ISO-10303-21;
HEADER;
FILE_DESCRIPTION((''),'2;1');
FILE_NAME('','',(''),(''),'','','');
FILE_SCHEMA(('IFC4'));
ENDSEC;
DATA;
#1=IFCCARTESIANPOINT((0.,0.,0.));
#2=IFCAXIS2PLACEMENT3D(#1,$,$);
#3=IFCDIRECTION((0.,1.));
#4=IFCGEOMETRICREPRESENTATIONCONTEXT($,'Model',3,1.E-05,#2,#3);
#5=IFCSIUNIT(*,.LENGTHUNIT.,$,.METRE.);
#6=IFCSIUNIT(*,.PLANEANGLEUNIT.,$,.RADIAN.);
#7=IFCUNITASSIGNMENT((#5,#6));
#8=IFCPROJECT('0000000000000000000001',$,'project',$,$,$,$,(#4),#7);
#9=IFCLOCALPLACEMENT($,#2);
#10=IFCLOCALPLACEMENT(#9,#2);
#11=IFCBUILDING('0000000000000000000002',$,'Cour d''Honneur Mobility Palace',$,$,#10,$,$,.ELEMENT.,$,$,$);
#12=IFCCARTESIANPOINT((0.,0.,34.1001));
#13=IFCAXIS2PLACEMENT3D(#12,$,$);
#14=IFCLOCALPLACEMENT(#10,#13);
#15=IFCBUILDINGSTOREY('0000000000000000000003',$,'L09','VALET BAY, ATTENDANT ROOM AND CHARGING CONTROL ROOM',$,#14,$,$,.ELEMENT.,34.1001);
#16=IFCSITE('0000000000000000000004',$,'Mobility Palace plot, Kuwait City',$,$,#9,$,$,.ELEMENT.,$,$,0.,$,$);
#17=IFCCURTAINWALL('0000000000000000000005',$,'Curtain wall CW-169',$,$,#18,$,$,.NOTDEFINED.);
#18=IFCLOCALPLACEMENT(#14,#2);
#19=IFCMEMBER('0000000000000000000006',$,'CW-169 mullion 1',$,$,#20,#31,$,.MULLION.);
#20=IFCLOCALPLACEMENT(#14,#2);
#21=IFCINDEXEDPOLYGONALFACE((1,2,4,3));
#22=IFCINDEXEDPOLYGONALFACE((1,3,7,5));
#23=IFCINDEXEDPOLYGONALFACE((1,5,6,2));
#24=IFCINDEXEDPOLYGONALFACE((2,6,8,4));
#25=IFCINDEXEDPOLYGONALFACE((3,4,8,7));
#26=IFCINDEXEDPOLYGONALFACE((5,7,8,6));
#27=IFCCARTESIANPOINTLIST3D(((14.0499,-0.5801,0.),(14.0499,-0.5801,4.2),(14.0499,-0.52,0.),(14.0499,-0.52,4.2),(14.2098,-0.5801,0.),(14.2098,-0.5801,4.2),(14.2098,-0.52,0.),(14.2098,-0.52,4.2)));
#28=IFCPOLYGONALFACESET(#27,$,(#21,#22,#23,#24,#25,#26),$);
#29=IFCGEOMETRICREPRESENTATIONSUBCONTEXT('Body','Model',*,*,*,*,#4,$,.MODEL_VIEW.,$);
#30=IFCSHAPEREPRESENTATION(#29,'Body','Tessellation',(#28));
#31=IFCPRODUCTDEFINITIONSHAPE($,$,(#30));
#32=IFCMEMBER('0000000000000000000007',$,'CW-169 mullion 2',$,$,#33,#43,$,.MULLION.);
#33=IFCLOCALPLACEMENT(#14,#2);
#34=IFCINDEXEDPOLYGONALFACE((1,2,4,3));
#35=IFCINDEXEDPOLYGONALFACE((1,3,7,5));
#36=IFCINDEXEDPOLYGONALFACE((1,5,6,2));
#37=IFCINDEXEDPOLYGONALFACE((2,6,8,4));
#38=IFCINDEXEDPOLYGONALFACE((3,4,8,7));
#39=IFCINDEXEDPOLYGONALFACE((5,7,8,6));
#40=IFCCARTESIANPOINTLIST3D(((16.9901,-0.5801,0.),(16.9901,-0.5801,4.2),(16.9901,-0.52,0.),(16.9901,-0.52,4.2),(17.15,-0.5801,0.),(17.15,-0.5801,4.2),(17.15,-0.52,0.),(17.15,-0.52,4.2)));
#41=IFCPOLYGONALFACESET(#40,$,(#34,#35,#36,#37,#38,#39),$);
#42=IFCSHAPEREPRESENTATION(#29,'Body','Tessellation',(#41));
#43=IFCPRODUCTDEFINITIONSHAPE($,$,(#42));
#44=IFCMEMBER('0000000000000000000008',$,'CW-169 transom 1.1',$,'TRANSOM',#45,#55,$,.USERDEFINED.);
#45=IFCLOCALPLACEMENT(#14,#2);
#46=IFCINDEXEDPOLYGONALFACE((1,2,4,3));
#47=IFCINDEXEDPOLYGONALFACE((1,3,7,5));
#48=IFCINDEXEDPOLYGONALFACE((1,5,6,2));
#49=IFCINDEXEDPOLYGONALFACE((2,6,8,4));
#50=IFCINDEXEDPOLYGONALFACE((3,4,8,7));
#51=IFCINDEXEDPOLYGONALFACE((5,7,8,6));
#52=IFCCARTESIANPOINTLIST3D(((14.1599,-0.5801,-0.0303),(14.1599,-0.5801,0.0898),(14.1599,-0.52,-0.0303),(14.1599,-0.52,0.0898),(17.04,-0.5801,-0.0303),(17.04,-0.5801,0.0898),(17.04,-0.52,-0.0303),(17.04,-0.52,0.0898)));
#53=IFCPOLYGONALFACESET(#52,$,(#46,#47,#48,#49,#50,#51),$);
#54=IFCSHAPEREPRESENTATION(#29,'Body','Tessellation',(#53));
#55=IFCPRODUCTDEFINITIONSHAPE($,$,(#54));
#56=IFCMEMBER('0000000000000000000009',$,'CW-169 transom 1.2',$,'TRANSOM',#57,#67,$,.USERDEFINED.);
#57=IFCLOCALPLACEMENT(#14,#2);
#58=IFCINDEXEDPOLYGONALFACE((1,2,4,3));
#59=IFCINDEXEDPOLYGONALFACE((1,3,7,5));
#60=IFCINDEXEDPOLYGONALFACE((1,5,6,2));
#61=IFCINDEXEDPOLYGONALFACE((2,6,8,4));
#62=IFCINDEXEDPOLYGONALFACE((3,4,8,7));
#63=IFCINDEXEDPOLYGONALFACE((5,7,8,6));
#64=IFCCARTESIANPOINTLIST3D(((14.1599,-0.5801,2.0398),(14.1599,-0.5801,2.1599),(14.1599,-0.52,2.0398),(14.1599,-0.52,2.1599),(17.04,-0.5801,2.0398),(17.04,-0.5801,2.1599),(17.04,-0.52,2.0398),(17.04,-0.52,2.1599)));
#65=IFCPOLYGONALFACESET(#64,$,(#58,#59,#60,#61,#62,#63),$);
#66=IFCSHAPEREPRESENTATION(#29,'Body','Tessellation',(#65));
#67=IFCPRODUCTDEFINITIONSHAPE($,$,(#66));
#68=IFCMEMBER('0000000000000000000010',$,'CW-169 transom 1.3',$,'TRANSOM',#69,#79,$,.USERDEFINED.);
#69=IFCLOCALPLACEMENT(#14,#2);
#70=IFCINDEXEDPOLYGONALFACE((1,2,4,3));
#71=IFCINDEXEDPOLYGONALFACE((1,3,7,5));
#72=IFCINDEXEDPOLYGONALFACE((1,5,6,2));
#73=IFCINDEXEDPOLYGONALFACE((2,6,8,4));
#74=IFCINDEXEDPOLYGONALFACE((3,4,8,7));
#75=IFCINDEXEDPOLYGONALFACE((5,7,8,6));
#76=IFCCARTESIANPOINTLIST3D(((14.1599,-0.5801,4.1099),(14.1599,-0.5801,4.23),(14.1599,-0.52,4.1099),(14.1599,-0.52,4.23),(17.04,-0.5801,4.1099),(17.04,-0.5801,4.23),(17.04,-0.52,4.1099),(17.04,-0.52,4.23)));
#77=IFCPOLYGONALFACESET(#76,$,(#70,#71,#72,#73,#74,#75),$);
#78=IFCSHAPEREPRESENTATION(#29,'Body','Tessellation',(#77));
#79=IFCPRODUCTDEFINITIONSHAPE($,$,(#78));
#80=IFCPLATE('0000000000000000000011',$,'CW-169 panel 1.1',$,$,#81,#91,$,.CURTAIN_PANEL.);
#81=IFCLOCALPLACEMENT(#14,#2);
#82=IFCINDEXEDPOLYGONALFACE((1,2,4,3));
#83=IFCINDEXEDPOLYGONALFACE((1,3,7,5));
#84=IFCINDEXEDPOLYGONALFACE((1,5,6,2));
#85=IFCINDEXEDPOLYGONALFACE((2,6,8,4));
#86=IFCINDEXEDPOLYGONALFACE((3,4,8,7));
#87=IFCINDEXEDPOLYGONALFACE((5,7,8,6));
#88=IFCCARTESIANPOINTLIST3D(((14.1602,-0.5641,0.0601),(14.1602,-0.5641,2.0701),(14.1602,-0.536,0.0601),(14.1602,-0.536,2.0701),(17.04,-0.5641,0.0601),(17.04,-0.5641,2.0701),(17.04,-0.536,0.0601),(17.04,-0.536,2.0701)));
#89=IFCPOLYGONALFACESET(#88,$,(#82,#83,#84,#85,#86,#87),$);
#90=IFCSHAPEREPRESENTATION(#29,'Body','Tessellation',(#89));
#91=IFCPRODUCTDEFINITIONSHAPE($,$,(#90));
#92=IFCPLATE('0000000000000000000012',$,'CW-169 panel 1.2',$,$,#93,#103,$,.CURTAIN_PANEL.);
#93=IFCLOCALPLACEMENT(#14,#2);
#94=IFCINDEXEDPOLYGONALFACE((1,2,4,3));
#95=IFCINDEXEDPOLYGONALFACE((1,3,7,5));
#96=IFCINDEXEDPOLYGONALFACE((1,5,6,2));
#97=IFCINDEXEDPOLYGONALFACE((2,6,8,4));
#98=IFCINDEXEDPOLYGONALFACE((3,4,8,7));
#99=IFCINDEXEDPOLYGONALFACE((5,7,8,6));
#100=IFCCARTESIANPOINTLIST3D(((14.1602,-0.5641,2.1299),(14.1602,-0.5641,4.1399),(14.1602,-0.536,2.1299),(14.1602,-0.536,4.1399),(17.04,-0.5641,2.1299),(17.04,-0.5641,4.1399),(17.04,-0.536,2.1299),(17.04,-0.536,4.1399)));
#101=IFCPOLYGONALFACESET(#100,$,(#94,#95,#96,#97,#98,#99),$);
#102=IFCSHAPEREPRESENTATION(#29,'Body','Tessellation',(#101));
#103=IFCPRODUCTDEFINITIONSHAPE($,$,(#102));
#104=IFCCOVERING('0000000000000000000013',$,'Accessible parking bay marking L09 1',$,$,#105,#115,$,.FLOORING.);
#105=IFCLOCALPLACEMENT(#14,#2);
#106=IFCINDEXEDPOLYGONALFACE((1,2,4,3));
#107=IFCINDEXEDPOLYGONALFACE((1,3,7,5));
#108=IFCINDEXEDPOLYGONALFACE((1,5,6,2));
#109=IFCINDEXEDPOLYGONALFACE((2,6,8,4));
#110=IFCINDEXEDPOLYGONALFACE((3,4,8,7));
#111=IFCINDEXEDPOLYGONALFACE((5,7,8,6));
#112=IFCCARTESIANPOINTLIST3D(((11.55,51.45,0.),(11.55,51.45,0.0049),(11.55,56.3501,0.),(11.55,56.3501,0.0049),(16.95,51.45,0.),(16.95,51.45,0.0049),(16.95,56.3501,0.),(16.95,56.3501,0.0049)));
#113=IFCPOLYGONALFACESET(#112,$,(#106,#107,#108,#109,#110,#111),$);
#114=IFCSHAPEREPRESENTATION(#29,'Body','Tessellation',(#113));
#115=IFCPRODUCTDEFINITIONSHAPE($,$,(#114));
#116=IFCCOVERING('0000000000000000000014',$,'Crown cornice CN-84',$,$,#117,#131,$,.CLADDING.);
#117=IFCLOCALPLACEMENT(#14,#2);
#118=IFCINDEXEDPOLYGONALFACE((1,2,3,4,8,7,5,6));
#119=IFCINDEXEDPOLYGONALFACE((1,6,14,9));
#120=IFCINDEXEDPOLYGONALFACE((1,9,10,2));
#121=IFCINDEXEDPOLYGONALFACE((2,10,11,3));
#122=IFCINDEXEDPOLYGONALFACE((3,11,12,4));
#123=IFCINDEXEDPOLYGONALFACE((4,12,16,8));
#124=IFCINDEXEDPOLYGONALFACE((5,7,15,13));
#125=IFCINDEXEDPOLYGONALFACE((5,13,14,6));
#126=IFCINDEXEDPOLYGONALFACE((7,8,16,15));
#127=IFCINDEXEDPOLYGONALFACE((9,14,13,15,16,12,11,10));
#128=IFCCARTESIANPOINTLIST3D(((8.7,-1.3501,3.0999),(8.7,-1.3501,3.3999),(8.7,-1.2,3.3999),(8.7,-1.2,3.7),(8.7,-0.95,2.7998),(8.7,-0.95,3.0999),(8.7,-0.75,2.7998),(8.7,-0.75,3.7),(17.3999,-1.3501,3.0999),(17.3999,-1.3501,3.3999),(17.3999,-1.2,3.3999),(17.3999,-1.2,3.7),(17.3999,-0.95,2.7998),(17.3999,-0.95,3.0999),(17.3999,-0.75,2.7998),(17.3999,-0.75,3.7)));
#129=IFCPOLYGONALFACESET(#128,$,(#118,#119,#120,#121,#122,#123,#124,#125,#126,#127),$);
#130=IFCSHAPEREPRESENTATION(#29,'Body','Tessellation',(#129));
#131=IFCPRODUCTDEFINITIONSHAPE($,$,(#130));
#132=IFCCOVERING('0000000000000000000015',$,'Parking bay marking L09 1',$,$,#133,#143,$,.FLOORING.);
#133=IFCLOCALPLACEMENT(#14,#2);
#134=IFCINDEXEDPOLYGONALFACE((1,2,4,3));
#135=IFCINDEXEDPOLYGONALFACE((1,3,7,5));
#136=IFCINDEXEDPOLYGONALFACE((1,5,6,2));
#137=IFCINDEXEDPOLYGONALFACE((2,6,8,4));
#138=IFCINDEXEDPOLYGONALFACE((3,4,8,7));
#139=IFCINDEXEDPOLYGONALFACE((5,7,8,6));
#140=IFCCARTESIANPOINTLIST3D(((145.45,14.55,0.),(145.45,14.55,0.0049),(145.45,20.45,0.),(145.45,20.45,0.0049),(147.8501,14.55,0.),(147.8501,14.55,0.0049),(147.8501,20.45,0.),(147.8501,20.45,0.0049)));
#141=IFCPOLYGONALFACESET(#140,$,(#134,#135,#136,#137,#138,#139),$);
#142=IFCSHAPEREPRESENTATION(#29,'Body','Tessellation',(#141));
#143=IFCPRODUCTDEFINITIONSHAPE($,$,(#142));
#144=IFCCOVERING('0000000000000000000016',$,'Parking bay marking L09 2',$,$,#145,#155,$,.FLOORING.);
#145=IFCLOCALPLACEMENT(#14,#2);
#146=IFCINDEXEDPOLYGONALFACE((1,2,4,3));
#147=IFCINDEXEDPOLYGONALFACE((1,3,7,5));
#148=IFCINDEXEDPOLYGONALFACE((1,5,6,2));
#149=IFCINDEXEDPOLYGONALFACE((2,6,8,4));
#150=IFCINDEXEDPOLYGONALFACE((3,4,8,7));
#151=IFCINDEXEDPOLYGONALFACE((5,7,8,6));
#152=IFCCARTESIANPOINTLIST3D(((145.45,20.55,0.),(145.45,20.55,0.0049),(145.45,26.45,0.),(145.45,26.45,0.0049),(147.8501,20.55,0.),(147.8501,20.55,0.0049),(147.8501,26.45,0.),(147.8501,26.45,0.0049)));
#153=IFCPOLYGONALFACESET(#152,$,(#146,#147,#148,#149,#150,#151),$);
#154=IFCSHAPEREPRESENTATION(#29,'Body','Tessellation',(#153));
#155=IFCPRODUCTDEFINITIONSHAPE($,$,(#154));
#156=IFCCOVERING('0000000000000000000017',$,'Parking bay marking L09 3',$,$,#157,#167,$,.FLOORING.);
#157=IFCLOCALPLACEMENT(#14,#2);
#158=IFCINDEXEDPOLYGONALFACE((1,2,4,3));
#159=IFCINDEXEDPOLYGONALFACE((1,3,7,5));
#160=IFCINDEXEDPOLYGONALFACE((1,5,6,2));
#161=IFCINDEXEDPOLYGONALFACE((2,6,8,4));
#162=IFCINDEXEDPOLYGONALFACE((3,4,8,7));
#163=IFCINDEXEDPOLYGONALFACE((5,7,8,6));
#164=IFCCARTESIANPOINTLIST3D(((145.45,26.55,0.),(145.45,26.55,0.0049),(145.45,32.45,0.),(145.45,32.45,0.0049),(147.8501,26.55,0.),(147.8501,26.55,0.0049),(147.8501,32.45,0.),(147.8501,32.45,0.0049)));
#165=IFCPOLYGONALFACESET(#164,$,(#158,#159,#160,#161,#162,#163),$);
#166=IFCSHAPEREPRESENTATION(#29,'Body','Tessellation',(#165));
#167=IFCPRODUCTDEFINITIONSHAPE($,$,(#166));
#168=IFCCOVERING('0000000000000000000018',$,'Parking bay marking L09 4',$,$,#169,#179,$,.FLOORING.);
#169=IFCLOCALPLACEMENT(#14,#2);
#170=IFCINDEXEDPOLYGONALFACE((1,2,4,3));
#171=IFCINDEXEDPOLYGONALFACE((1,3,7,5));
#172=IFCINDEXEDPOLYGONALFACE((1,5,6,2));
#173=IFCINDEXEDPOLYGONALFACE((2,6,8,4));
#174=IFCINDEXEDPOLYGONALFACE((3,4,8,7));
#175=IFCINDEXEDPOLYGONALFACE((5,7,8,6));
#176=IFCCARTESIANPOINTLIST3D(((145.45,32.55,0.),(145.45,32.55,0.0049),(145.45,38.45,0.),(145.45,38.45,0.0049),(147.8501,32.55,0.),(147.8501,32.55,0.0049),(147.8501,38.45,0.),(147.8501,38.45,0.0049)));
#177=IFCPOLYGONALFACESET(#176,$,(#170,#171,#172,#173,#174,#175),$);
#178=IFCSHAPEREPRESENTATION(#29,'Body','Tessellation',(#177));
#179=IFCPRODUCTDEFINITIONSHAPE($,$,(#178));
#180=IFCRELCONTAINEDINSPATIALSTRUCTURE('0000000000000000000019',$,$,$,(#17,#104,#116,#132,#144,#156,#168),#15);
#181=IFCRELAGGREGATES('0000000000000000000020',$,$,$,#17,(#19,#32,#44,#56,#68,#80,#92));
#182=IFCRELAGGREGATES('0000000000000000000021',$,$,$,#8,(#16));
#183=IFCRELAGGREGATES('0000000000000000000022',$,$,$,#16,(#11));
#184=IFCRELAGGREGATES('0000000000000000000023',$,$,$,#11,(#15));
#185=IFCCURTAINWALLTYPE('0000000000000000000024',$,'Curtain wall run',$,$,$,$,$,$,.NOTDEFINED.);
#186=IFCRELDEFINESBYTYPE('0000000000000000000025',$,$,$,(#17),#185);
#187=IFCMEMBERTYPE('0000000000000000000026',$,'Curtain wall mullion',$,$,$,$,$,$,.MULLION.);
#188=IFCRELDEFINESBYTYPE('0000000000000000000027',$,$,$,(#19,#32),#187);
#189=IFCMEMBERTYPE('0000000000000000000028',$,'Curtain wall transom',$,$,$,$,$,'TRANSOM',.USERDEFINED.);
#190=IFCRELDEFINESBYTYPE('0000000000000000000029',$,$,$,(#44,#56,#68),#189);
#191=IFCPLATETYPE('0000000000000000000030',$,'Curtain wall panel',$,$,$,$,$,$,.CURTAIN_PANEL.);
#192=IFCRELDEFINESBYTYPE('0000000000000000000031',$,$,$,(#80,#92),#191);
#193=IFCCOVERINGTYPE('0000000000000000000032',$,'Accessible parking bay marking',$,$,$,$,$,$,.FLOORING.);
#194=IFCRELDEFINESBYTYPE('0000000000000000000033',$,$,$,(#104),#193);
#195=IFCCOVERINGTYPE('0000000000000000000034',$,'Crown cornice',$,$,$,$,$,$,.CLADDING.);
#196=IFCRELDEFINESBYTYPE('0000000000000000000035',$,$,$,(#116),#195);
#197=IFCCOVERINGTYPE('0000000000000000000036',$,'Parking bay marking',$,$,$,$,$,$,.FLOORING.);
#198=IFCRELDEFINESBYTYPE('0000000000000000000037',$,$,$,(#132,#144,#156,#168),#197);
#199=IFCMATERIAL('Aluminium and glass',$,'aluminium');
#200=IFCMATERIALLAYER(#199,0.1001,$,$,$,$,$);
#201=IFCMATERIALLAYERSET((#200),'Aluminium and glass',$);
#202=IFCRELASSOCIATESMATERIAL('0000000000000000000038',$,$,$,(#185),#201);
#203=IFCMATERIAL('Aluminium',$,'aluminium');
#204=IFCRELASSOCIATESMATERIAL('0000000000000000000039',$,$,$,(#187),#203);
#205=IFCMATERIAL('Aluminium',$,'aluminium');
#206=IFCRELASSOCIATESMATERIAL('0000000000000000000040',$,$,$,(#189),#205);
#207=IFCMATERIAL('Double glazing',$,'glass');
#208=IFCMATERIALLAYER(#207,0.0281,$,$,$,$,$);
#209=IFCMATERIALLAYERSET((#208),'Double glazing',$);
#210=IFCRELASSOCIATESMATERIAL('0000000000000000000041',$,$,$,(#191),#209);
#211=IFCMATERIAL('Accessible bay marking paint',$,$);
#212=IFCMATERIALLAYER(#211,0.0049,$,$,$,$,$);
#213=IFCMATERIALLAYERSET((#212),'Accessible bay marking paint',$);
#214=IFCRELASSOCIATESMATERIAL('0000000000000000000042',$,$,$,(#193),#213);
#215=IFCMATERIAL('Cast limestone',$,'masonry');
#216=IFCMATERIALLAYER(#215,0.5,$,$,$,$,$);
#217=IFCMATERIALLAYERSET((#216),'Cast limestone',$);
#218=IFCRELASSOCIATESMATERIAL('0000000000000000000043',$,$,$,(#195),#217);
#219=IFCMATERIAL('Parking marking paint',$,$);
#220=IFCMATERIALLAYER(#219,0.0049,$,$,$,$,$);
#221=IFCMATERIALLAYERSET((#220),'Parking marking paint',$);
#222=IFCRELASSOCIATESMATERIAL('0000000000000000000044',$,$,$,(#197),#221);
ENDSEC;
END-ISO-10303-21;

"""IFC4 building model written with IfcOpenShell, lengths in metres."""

from ifc_helpers import new_model, si_unit, direction, frame, origin, origin_2d, place, context, subcontext, project, spatial, polyline, rectangle, outline, extrude, material, layer, layer_set, material_profile, profile_set, type_object, element, aggregate, save


model = new_model("IFC4")

# Units and contexts
model_context = context("Model", 3, precision=1e-05, world=origin(), true_north=direction((0.0, 1.0)))
body_context = subcontext(model_context, "Body", "Model", "MODEL_VIEW")
ifc_project = project(units=[si_unit("LENGTHUNIT", "METRE"), si_unit("PLANEANGLEUNIT", "RADIAN")], contexts=[model_context])

# Site, building, storey
site_placement = place(None, origin())
site = spatial("IfcSite", under=ifc_project, at=site_placement, Name="Mobility Palace plot, Kuwait City", CompositionType="ELEMENT", RefElevation=0.0)
building_placement = place(site_placement, origin())
building = spatial("IfcBuilding", under=site, at=building_placement, Name="Cour d'Honneur Mobility Palace", CompositionType="ELEMENT")
storey_placement = place(building_placement, frame((0.0, 0.0, 34.1001)))
storey = spatial("IfcBuildingStorey", under=building, at=storey_placement, Name="L09", Description="VALET BAY, ATTENDANT ROOM AND CHARGING CONTROL ROOM", CompositionType="ELEMENT", Elevation=34.1001)

# Curtain wall, members, plates
ifc_material_1 = material(Name="Aluminium and glass", Category="aluminium")
ifc_layer_1 = layer(ifc_material_1, 0.1001)
ifc_layer_set_1 = layer_set([ifc_layer_1], Name="Aluminium and glass")
curtain_wall_type = type_object("IfcCurtainWallType", Name="Curtain wall run", PredefinedType="NOTDEFINED", material=ifc_layer_set_1)
curtain_wall_placement = place(storey_placement, origin())
curtain_wall = element("IfcCurtainWall", 1, at=curtain_wall_placement, inside=storey, type_object=curtain_wall_type, Name="Curtain wall CW-169", PredefinedType="NOTDEFINED")
ifc_material_2 = material(Name="Aluminium", Category="aluminium")
ifc_material_profile_1 = material_profile(ifc_material_2, rectangle(XDim=0.0601, YDim=0.1599, at=origin_2d()), Name="Curtain wall mullion")
ifc_profile_set_1 = profile_set([ifc_material_profile_1], Name="Aluminium")
member_type_1 = type_object("IfcMemberType", Name="Curtain wall mullion", PredefinedType="MULLION", material=ifc_profile_set_1)
member_1_placement = place(storey_placement, frame((14.1299, -0.55, 0.0), z_axis=(0.0, 0.0, 1.0), x_axis=(0.0, 1.0, 0.0)))
member_1 = element("IfcMember", 2, at=member_1_placement, type_object=member_type_1, Name="CW-169 mullion 1", PredefinedType="MULLION", context=body_context, shape_type="SweptSolid", body=[
    extrude(rectangle(XDim=0.0601, YDim=0.1599, at=origin_2d()), origin(), (0.0, 0.0, 1.0), 4.2),
])
member_2_placement = place(storey_placement, frame((17.0701, -0.55, 0.0), z_axis=(0.0, 0.0, 1.0), x_axis=(0.0, 1.0, 0.0)))
member_2 = element("IfcMember", 3, at=member_2_placement, type_object=member_type_1, Name="CW-169 mullion 2", PredefinedType="MULLION", context=body_context, shape_type="SweptSolid", body=[
    extrude(rectangle(XDim=0.0601, YDim=0.1599, at=origin_2d()), origin(), (0.0, 0.0, 1.0), 4.2),
])
ifc_material_3 = material(Name="Aluminium", Category="aluminium")
ifc_material_profile_2 = material_profile(ifc_material_3, rectangle(XDim=0.0601, YDim=0.1201, at=origin_2d()), Name="Curtain wall transom")
ifc_profile_set_2 = profile_set([ifc_material_profile_2], Name="Aluminium")
member_type_2 = type_object("IfcMemberType", Name="Curtain wall transom", ElementType="TRANSOM", PredefinedType="USERDEFINED", material=ifc_profile_set_2)
member_3_placement = place(storey_placement, frame((14.1599, -0.55, 0.0298), z_axis=(1.0, 0.0, 0.0), x_axis=(0.0, 1.0, 0.0)))
member_3 = element("IfcMember", 4, at=member_3_placement, type_object=member_type_2, Name="CW-169 transom 1.1", ObjectType="TRANSOM", PredefinedType="USERDEFINED", context=body_context, shape_type="SweptSolid", body=[
    extrude(rectangle(XDim=0.0601, YDim=0.1201, at=origin_2d()), origin(), (0.0, 0.0, 1.0), 2.8801),
])
member_4_placement = place(storey_placement, frame((14.1599, -0.55, 2.0999), z_axis=(1.0, 0.0, 0.0), x_axis=(0.0, 1.0, 0.0)))
member_4 = element("IfcMember", 5, at=member_4_placement, type_object=member_type_2, Name="CW-169 transom 1.2", ObjectType="TRANSOM", PredefinedType="USERDEFINED", context=body_context, shape_type="SweptSolid", body=[
    extrude(rectangle(XDim=0.0601, YDim=0.1201, at=origin_2d()), origin(), (0.0, 0.0, 1.0), 2.8801),
])
member_5_placement = place(storey_placement, frame((14.1599, -0.55, 4.1699), z_axis=(1.0, 0.0, 0.0), x_axis=(0.0, 1.0, 0.0)))
member_5 = element("IfcMember", 6, at=member_5_placement, type_object=member_type_2, Name="CW-169 transom 1.3", ObjectType="TRANSOM", PredefinedType="USERDEFINED", context=body_context, shape_type="SweptSolid", body=[
    extrude(rectangle(XDim=0.0601, YDim=0.1201, at=origin_2d()), origin(), (0.0, 0.0, 1.0), 2.8801),
])
ifc_material_4 = material(Name="Double glazing", Category="glass")
ifc_layer_2 = layer(ifc_material_4, 0.0281)
ifc_layer_set_2 = layer_set([ifc_layer_2], Name="Double glazing")
plate_type = type_object("IfcPlateType", Name="Curtain wall panel", PredefinedType="CURTAIN_PANEL", material=ifc_layer_set_2)
plate_1_placement = place(storey_placement, frame((15.6001, -0.55, 0.0601), z_axis=(0.0, 0.0, 1.0), x_axis=(1.0, 0.0, 0.0)))
plate_1 = element("IfcPlate", 7, at=plate_1_placement, type_object=plate_type, Name="CW-169 panel 1.1", PredefinedType="CURTAIN_PANEL", context=body_context, shape_type="SweptSolid", body=[
    extrude(rectangle(XDim=2.8799, YDim=0.0281, at=origin_2d()), origin(), (0.0, 0.0, 1.0), 2.01),
])
plate_2_placement = place(storey_placement, frame((15.6001, -0.55, 2.1299), z_axis=(0.0, 0.0, 1.0), x_axis=(1.0, 0.0, 0.0)))
plate_2 = element("IfcPlate", 8, at=plate_2_placement, type_object=plate_type, Name="CW-169 panel 1.2", PredefinedType="CURTAIN_PANEL", context=body_context, shape_type="SweptSolid", body=[
    extrude(rectangle(XDim=2.8799, YDim=0.0281, at=origin_2d()), origin(), (0.0, 0.0, 1.0), 2.01),
])
aggregate(curtain_wall, [member_1, member_2, member_3, member_4, member_5, plate_1, plate_2])

# Covering
ifc_material_5 = material(Name="Accessible bay marking paint")
ifc_layer_3 = layer(ifc_material_5, 0.0049)
ifc_layer_set_3 = layer_set([ifc_layer_3], Name="Accessible bay marking paint")
covering_type_1 = type_object("IfcCoveringType", Name="Accessible parking bay marking", PredefinedType="FLOORING", material=ifc_layer_set_3)
covering_1_placement = place(storey_placement, origin())
element("IfcCovering", 9, at=covering_1_placement, inside=storey, type_object=covering_type_1, Name="Accessible parking bay marking L09 1", PredefinedType="FLOORING", context=body_context, shape_type="SweptSolid", body=[
    extrude(outline(polyline([(16.95, 51.45), (11.55, 51.45), (11.55, 56.3501), (16.95, 56.3501), (16.95, 51.45)])), origin(), (0.0, 0.0, 1.0), 0.0049),
])

# Coverings
ifc_material_6 = material(Name="Cast limestone", Category="masonry")
ifc_layer_4 = layer(ifc_material_6, 0.5)
ifc_layer_set_4 = layer_set([ifc_layer_4], Name="Cast limestone")
covering_type_2 = type_object("IfcCoveringType", Name="Crown cornice", PredefinedType="CLADDING", material=ifc_layer_set_4)
covering_2_placement = place(storey_placement, frame((8.7, -0.75, 2.7998), z_axis=(-1.0, 0.0, 0.0), x_axis=(0.0, -1.0, 0.0)))
element("IfcCovering", 10, at=covering_2_placement, inside=storey, type_object=covering_type_2, Name="Crown cornice CN-84", PredefinedType="CLADDING", context=body_context, shape_type="SweptSolid", body=[
    extrude(outline(polyline([(0.0, 0.0), (0.2, 0.0), (0.2, 0.3), (0.6001, 0.3), (0.6001, 0.6001), (0.45, 0.6001), (0.45, 0.9001), (0.0, 0.9001), (0.0, 0.0)])), origin(), (0.0, 0.0, -1.0), 8.7),
])
ifc_material_7 = material(Name="Parking marking paint")
ifc_layer_5 = layer(ifc_material_7, 0.0049)
ifc_layer_set_5 = layer_set([ifc_layer_5], Name="Parking marking paint")
covering_type_3 = type_object("IfcCoveringType", Name="Parking bay marking", PredefinedType="FLOORING", material=ifc_layer_set_5)
covering_3_placement = place(storey_placement, origin())
element("IfcCovering", 11, at=covering_3_placement, inside=storey, type_object=covering_type_3, Name="Parking bay marking L09 1", PredefinedType="FLOORING", context=body_context, shape_type="SweptSolid", body=[
    extrude(outline(polyline([(147.8501, 14.55), (145.45, 14.55), (145.45, 20.45), (147.8501, 20.45), (147.8501, 14.55)])), origin(), (0.0, 0.0, 1.0), 0.0049),
])
covering_4_placement = place(storey_placement, origin())
element("IfcCovering", 12, at=covering_4_placement, inside=storey, type_object=covering_type_3, Name="Parking bay marking L09 2", PredefinedType="FLOORING", context=body_context, shape_type="SweptSolid", body=[
    extrude(outline(polyline([(147.8501, 20.55), (145.45, 20.55), (145.45, 26.45), (147.8501, 26.45), (147.8501, 20.55)])), origin(), (0.0, 0.0, 1.0), 0.0049),
])
covering_5_placement = place(storey_placement, origin())
element("IfcCovering", 13, at=covering_5_placement, inside=storey, type_object=covering_type_3, Name="Parking bay marking L09 3", PredefinedType="FLOORING", context=body_context, shape_type="SweptSolid", body=[
    extrude(outline(polyline([(147.8501, 26.55), (145.45, 26.55), (145.45, 32.45), (147.8501, 32.45), (147.8501, 26.55)])), origin(), (0.0, 0.0, 1.0), 0.0049),
])
covering_6_placement = place(storey_placement, origin())
element("IfcCovering", 14, at=covering_6_placement, inside=storey, type_object=covering_type_3, Name="Parking bay marking L09 4", PredefinedType="FLOORING", context=body_context, shape_type="SweptSolid", body=[
    extrude(outline(polyline([(147.8501, 32.55), (145.45, 32.55), (145.45, 38.45), (147.8501, 38.45), (147.8501, 32.55)])), origin(), (0.0, 0.0, 1.0), 0.0049),
])

save(model, "model.ifc")
